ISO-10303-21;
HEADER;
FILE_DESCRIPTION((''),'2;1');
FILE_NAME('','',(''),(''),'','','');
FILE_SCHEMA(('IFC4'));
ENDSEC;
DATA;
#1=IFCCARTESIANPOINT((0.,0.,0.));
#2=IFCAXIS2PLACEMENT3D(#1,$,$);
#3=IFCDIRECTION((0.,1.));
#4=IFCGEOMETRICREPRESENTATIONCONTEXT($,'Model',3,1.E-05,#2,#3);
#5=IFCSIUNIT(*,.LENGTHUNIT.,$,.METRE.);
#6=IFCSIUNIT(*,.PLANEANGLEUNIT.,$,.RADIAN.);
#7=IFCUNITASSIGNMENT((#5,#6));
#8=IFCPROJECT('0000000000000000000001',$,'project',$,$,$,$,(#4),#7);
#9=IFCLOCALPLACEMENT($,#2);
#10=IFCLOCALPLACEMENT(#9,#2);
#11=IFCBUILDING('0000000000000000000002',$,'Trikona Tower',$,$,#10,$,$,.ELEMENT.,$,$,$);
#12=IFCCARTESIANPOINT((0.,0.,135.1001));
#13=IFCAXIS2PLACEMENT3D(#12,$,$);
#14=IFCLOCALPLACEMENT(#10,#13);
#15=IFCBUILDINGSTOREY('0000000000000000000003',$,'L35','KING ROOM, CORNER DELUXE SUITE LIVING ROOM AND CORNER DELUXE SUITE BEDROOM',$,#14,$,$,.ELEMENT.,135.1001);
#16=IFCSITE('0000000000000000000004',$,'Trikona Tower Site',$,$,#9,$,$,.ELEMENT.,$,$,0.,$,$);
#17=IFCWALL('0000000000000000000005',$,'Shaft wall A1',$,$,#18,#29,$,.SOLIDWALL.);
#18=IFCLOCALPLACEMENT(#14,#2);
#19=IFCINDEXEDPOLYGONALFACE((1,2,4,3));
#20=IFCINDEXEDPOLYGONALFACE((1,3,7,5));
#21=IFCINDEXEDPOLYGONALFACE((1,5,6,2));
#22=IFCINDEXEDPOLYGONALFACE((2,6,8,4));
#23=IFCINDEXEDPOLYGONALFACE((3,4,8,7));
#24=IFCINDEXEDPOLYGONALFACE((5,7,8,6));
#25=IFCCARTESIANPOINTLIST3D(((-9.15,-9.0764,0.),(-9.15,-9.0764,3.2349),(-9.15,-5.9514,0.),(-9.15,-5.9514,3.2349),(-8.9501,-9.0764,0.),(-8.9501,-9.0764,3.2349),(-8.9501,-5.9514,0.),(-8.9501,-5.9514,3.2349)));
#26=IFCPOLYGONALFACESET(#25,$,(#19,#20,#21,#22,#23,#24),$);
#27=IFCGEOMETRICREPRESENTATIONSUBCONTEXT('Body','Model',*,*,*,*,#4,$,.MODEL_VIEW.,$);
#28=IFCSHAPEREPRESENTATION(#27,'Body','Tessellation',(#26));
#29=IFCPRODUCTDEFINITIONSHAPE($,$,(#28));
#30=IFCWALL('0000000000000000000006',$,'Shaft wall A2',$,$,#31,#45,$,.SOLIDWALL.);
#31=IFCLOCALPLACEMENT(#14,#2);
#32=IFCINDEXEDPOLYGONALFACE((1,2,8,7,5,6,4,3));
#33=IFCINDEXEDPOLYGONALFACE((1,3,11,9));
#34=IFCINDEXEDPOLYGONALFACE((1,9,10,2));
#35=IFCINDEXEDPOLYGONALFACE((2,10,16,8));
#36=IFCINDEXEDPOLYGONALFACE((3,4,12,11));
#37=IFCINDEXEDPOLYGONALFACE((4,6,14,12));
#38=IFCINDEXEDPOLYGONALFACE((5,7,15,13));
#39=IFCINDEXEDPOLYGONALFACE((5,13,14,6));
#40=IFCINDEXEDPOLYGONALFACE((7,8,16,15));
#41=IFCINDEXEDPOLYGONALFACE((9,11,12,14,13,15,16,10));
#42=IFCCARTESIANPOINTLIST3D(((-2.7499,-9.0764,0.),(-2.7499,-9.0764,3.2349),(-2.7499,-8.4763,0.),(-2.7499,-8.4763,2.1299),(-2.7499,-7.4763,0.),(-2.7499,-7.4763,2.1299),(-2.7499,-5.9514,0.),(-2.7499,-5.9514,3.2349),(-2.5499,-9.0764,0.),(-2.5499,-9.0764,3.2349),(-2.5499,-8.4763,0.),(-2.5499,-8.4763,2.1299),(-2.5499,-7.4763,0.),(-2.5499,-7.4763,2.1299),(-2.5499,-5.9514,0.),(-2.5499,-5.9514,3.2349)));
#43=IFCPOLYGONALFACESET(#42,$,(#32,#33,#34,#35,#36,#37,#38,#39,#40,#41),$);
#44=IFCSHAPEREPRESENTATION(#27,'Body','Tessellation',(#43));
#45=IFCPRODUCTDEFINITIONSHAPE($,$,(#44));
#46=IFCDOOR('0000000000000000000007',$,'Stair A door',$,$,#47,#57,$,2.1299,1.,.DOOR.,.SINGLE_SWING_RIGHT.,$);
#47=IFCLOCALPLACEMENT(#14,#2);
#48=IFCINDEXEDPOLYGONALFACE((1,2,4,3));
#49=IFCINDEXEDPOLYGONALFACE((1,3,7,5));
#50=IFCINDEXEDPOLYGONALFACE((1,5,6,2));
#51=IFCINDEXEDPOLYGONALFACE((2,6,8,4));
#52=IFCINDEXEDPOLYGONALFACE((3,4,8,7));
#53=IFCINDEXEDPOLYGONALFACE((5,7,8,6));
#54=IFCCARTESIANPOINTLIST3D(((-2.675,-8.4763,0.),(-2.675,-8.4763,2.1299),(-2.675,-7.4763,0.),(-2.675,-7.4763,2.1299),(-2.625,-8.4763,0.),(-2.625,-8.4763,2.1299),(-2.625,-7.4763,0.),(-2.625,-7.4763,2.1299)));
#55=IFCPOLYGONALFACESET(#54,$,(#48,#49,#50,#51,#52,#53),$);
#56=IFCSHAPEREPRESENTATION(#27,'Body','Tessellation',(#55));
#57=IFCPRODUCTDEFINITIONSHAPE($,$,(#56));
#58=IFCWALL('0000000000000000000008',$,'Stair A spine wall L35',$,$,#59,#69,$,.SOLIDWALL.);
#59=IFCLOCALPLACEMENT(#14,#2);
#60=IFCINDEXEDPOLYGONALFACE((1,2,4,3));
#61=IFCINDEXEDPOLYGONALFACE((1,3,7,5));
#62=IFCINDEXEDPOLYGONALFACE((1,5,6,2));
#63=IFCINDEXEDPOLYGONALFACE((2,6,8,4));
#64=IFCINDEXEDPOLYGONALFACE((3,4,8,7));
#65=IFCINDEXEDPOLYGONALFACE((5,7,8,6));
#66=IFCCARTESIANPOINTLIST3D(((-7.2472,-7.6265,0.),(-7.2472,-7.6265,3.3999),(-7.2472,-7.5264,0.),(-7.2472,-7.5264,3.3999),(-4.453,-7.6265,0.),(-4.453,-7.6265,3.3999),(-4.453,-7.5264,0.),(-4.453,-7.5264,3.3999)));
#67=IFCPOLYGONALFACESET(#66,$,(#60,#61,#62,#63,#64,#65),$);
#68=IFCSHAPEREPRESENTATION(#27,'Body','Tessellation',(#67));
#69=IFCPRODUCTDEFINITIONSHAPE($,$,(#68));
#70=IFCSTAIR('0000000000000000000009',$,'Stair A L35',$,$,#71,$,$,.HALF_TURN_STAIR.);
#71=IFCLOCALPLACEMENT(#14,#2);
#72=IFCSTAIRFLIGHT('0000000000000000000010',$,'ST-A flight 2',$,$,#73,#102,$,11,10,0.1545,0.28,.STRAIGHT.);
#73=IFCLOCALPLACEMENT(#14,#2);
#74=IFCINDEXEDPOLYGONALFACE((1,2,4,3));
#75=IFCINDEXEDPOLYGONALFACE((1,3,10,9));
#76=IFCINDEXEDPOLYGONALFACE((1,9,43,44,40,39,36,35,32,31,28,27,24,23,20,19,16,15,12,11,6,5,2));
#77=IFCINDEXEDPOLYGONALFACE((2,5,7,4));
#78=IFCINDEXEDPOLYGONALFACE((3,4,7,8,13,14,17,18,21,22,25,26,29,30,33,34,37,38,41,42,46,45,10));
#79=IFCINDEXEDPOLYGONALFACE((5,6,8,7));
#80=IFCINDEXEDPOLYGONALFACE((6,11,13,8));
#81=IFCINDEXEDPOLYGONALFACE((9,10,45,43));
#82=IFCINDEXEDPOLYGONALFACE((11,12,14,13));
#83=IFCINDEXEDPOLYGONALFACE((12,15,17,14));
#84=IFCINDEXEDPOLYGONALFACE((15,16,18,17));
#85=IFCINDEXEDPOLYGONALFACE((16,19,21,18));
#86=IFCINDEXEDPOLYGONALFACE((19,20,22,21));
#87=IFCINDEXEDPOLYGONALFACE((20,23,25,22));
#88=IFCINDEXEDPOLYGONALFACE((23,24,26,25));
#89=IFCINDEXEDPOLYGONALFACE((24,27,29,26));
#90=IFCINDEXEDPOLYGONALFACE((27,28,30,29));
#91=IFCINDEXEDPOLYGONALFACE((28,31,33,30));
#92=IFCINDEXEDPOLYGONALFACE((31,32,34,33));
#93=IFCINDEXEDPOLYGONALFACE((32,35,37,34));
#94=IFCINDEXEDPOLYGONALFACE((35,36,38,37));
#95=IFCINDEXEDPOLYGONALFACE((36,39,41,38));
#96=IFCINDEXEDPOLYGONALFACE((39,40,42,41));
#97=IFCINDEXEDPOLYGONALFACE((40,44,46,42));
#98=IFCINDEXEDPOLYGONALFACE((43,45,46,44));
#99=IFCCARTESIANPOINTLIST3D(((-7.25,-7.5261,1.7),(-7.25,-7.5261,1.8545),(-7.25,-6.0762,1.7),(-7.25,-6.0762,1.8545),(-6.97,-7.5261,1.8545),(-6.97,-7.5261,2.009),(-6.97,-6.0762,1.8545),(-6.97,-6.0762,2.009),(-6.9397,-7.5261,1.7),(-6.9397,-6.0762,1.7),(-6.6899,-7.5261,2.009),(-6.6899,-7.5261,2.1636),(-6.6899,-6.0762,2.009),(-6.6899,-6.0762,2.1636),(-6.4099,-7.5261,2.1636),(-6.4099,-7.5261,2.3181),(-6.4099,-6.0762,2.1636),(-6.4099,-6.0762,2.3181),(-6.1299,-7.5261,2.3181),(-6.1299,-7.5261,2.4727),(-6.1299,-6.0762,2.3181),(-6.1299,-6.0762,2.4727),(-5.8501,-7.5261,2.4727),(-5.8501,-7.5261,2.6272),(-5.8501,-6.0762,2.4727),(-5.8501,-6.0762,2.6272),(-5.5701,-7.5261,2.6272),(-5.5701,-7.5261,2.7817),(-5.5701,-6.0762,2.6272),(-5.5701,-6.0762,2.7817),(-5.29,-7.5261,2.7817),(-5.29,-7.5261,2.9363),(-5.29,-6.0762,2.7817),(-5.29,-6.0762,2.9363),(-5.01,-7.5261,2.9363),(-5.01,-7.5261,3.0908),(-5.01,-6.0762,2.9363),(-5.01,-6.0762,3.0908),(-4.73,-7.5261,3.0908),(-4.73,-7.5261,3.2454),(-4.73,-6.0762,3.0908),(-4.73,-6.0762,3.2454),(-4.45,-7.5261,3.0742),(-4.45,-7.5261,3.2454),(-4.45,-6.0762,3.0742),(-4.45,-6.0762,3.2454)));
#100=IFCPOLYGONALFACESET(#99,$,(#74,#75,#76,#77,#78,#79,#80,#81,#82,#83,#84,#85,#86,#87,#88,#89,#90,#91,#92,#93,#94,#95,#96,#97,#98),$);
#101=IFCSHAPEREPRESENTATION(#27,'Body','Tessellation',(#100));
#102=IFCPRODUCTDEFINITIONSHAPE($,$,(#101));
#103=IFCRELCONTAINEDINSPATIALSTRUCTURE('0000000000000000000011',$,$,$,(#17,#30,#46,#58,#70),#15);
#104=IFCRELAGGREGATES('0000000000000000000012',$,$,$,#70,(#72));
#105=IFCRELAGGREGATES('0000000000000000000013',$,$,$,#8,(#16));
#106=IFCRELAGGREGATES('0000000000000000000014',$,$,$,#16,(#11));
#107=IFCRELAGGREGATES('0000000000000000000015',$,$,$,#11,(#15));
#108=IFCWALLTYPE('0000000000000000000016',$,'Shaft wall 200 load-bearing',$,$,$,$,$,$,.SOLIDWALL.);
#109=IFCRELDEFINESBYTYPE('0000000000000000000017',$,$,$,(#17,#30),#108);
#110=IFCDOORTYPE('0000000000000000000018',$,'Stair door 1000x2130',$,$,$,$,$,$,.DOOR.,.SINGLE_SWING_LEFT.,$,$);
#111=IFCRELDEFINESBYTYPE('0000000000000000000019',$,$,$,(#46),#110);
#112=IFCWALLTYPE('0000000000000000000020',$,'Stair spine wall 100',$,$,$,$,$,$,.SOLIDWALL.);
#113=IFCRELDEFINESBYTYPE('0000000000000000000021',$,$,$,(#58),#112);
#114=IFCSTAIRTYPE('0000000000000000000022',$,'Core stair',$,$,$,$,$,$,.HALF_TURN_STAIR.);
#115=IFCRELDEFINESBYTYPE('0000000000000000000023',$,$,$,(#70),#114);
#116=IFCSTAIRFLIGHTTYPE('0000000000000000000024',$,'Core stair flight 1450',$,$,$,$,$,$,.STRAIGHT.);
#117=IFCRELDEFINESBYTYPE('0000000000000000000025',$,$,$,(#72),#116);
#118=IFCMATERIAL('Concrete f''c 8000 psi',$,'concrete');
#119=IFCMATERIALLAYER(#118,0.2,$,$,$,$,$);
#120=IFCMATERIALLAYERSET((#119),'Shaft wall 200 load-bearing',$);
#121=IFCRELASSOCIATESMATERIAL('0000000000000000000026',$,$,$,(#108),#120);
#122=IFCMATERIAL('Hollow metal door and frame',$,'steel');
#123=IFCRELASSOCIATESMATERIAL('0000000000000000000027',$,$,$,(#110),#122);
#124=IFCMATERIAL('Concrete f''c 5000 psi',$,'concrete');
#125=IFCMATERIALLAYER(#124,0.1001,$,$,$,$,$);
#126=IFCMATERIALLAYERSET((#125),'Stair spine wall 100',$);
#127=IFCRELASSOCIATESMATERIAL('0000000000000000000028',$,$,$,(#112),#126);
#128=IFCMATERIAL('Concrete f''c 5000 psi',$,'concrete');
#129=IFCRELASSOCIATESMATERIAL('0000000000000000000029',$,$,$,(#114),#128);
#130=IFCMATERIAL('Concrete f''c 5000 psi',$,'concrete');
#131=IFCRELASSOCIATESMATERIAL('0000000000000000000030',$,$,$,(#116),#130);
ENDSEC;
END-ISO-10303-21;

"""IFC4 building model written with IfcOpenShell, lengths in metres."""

from ifc_helpers import new_model, si_unit, direction, frame, frame_2d, origin, place, context, subcontext, project, spatial, polyline, rectangle, outline, extrude, material, layer, layer_set, type_object, element, fill, aggregate, save


model = new_model("IFC4")

# Units and contexts
model_context = context("Model", 3, precision=1e-05, world=origin(), true_north=direction((0.0, 1.0)))
body_context = subcontext(model_context, "Body", "Model", "MODEL_VIEW")
ifc_project = project(units=[si_unit("LENGTHUNIT", "METRE"), si_unit("PLANEANGLEUNIT", "RADIAN")], contexts=[model_context])

# Site, building, storey
site_placement = place(None, origin())
site = spatial("IfcSite", under=ifc_project, at=site_placement, Name="Trikona Tower Site", CompositionType="ELEMENT", RefElevation=0.0)
building_placement = place(site_placement, origin())
building = spatial("IfcBuilding", under=site, at=building_placement, Name="Trikona Tower", CompositionType="ELEMENT")
storey_placement = place(building_placement, frame((0.0, 0.0, 135.1001)))
storey = spatial("IfcBuildingStorey", under=building, at=storey_placement, Name="L35", Description="KING ROOM, CORNER DELUXE SUITE LIVING ROOM AND CORNER DELUXE SUITE BEDROOM", CompositionType="ELEMENT", Elevation=135.1001)

# Wall
ifc_material_1 = material(Name="Concrete f'c 8000 psi", Category="concrete")
ifc_layer_1 = layer(ifc_material_1, 0.2)
ifc_layer_set_1 = layer_set([ifc_layer_1], Name="Shaft wall 200 load-bearing")
wall_type_1 = type_object("IfcWallType", Name="Shaft wall 200 load-bearing", PredefinedType="SOLIDWALL", material=ifc_layer_set_1)
wall_1_placement = place(storey_placement, frame((-9.05, -5.9514, 0.0), z_axis=(0.0, 0.0, 1.0), x_axis=(0.0, -1.0, 0.0)))
element("IfcWall", 1, at=wall_1_placement, inside=storey, type_object=wall_type_1, Name="Shaft wall A1", PredefinedType="SOLIDWALL", context=body_context, shape_type="SweptSolid", body=[
    extrude(rectangle(XDim=3.125, YDim=0.2, at=frame_2d((1.5625, 0.0))), origin(), (0.0, 0.0, 1.0), 3.2349),
])

# Wall, opening, door
wall_2_placement = place(storey_placement, frame((-2.6499, -5.9514, 0.0), z_axis=(0.0, 0.0, 1.0), x_axis=(0.0, -1.0, 0.0)))
wall_2 = element("IfcWall", 2, at=wall_2_placement, inside=storey, type_object=wall_type_1, Name="Shaft wall A2", PredefinedType="SOLIDWALL", context=body_context, shape_type="SweptSolid", body=[
    extrude(rectangle(XDim=3.125, YDim=0.2, at=frame_2d((1.5625, 0.0))), origin(), (0.0, 0.0, 1.0), 3.2349),
])
opening_1_placement = place(wall_2_placement, frame((1.5249, 0.0, 0.0)))
opening_1 = element("IfcOpeningElement", 3, at=opening_1_placement, cuts=wall_2, PredefinedType="OPENING", context=body_context, shape_type="SweptSolid", body=[
    extrude(rectangle(XDim=1.0, YDim=2.1299, at=frame_2d((0.5, 1.0649))), frame((0.0, 0.1099, 0.0), z_axis=(0.0, -1.0, 0.0), x_axis=(1.0, 0.0, 0.0)), (0.0, 0.0, 1.0), 0.22),
])
ifc_material_2 = material(Name="Hollow metal door and frame", Category="steel")
door_type_1 = type_object("IfcDoorType", Name="Stair door 1000x2130", OperationType="SINGLE_SWING_LEFT", PredefinedType="DOOR", material=ifc_material_2)
door_1_placement = place(opening_1_placement, origin())
door_1 = element("IfcDoor", 4, at=door_1_placement, inside=storey, type_object=door_type_1, Name="Stair A door", OperationType="SINGLE_SWING_RIGHT", OverallHeight=2.1299, OverallWidth=1.0, PredefinedType="DOOR", context=body_context, shape_type="SweptSolid", body=[
    extrude(rectangle(XDim=1.0, YDim=2.1299, at=frame_2d((0.5, 1.0649))), frame((0.0, 0.0249, 0.0), z_axis=(0.0, -1.0, 0.0), x_axis=(1.0, 0.0, 0.0)), (0.0, 0.0, 1.0), 0.05),
])
fill(opening_1, door_1)

# Wall
ifc_material_3 = material(Name="Concrete f'c 5000 psi", Category="concrete")
ifc_layer_2 = layer(ifc_material_3, 0.1001)
ifc_layer_set_2 = layer_set([ifc_layer_2], Name="Stair spine wall 100")
wall_type_2 = type_object("IfcWallType", Name="Stair spine wall 100", PredefinedType="SOLIDWALL", material=ifc_layer_set_2)
wall_3_placement = place(storey_placement, frame((-7.2471, -7.5764, 0.0), z_axis=(0.0, 0.0, 1.0), x_axis=(1.0, 0.0, 0.0)))
element("IfcWall", 5, at=wall_3_placement, inside=storey, type_object=wall_type_2, Name="Stair A spine wall L35", PredefinedType="SOLIDWALL", context=body_context, shape_type="SweptSolid", body=[
    extrude(rectangle(XDim=2.7942, YDim=0.1001, at=frame_2d((1.397, 0.0))), origin(), (0.0, 0.0, 1.0), 3.3999),
])

# Stair, stair flight
ifc_material_4 = material(Name="Concrete f'c 5000 psi", Category="concrete")
stair_type = type_object("IfcStairType", Name="Core stair", PredefinedType="HALF_TURN_STAIR", material=ifc_material_4)
stair_placement = place(storey_placement, origin())
stair = element("IfcStair", 6, at=stair_placement, inside=storey, type_object=stair_type, Name="Stair A L35", PredefinedType="HALF_TURN_STAIR")
ifc_material_5 = material(Name="Concrete f'c 5000 psi", Category="concrete")
stair_flight_type = type_object("IfcStairFlightType", Name="Core stair flight 1450", PredefinedType="STRAIGHT", material=ifc_material_5)
stair_flight_placement = place(storey_placement, frame((-7.25, -6.8013, 1.7), z_axis=(0.0, 0.0, 1.0), x_axis=(1.0, 0.0, 0.0)))
stair_flight = element("IfcStairFlight", 7, at=stair_flight_placement, type_object=stair_flight_type, Name="ST-A flight 2", NumberOfRisers=11, NumberOfTreads=10, PredefinedType="STRAIGHT", RiserHeight=0.1545, TreadLength=0.28, context=body_context, shape_type="SweptSolid", body=[
    extrude(outline(polyline([(0.0, 0.0), (0.0, 0.1545), (0.28, 0.1545), (0.28, 0.3091), (0.5601, 0.3091), (0.5601, 0.4636), (0.8401, 0.4636), (0.8401, 0.6182), (1.1201, 0.6182), (1.1201, 0.7727), (1.3999, 0.7727), (1.3999, 0.9272), (1.6799, 0.9272), (1.6799, 1.0818), (1.96, 1.0818), (1.96, 1.2363), (2.24, 1.2363), (2.24, 1.3909), (2.52, 1.3909), (2.52, 1.5454), (2.8, 1.5454), (2.8, 1.7), (2.8, 1.3743), (0.3103, 0.0), (0.0, 0.0)])), frame((0.0, 0.7251, 0.0), z_axis=(0.0, -1.0, 0.0), x_axis=(1.0, 0.0, 0.0)), (0.0, 0.0, 1.0), 1.45),
])
aggregate(stair, [stair_flight])

save(model, "model.ifc")
